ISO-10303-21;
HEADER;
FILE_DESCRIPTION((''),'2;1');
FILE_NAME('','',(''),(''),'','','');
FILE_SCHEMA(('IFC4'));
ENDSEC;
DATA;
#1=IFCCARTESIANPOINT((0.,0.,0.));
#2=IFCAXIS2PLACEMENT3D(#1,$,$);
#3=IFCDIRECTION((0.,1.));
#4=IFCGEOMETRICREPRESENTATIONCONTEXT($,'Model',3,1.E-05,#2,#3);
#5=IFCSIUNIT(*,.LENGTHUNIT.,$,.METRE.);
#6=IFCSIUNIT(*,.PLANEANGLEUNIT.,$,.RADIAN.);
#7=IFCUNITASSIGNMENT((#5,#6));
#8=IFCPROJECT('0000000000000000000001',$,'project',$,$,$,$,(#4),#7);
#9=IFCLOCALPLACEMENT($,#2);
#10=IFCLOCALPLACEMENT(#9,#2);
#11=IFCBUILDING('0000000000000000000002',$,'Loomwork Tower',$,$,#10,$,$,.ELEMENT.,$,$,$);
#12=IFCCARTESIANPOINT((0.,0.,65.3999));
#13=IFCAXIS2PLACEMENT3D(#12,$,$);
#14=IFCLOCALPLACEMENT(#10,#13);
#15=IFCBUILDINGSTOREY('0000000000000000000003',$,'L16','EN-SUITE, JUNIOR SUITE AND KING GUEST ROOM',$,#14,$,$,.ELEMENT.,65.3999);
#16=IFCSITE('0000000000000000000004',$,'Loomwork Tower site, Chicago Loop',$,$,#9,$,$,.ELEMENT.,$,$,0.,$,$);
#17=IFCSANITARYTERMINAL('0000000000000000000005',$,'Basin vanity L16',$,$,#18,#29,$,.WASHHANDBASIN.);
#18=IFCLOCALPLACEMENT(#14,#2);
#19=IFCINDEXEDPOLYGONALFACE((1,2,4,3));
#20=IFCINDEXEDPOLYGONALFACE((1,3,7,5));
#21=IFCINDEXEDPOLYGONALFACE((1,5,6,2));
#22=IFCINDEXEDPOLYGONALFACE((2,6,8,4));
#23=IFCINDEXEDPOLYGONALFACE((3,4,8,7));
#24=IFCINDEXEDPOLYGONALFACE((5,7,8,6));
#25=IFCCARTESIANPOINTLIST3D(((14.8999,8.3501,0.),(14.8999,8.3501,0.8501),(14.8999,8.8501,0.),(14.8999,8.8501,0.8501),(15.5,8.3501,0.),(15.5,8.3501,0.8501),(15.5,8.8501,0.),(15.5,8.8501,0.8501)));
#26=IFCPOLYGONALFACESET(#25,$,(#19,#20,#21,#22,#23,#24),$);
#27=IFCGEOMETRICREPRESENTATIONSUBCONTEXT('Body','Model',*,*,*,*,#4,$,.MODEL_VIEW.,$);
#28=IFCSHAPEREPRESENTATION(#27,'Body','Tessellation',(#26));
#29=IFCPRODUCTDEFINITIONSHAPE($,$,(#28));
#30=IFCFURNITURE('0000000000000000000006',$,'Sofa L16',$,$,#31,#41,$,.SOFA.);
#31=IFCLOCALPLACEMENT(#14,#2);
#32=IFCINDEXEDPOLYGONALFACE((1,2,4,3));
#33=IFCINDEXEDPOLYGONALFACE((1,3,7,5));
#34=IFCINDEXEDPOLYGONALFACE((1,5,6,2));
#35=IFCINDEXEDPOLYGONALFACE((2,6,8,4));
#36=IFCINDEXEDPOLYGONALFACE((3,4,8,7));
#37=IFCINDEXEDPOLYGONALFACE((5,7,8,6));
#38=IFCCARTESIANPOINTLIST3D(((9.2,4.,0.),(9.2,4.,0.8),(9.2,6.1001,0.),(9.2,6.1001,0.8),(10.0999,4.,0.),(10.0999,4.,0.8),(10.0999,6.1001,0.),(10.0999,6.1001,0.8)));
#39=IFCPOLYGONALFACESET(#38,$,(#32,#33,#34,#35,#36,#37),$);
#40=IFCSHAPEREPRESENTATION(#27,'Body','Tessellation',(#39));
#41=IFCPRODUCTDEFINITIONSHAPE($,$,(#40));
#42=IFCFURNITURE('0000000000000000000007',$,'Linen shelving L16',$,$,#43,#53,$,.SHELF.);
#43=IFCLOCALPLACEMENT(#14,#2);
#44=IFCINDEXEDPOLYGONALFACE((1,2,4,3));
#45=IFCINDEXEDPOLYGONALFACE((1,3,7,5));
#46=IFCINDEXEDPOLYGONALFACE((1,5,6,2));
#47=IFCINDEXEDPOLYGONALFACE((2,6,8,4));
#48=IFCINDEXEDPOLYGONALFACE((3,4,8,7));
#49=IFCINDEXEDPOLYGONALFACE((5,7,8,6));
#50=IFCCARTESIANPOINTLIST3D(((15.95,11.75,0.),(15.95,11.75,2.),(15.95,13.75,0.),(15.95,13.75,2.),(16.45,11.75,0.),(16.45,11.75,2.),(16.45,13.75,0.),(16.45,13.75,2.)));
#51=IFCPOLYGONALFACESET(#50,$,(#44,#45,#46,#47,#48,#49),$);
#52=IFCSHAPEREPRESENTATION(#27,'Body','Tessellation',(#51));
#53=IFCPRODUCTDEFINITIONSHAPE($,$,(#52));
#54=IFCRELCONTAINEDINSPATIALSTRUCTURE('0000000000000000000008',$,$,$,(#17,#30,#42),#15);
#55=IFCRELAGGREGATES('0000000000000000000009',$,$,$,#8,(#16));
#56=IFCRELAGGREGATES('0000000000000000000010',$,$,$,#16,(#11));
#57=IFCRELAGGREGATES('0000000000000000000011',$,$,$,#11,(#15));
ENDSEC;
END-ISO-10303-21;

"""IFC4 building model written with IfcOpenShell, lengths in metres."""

from ifc_helpers import new_model, si_unit, direction, frame, origin, origin_2d, place, context, subcontext, project, spatial, rectangle, extrude, element, save


model = new_model("IFC4")

# Units and contexts
model_context = context("Model", 3, precision=1e-05, world=origin(), true_north=direction((0.0, 1.0)))
body_context = subcontext(model_context, "Body", "Model", "MODEL_VIEW")
ifc_project = project(units=[si_unit("LENGTHUNIT", "METRE"), si_unit("PLANEANGLEUNIT", "RADIAN")], contexts=[model_context])

# Site, building, storey
site_placement = place(None, origin())
site = spatial("IfcSite", under=ifc_project, at=site_placement, Name="Loomwork Tower site, Chicago Loop", CompositionType="ELEMENT", RefElevation=0.0)
building_placement = place(site_placement, origin())
building = spatial("IfcBuilding", under=site, at=building_placement, Name="Loomwork Tower", CompositionType="ELEMENT")
storey_placement = place(building_placement, frame((0.0, 0.0, 65.3999)))
storey = spatial("IfcBuildingStorey", under=building, at=storey_placement, Name="L16", Description="EN-SUITE, JUNIOR SUITE AND KING GUEST ROOM", CompositionType="ELEMENT", Elevation=65.3999)

# Sanitary terminal
sanitary_terminal_1_placement = place(storey_placement, frame((15.2, 8.6001, 0.0), z_axis=(0.0, 0.0, 1.0), x_axis=(1.0, 0.0, 0.0)))
element("IfcSanitaryTerminal", 1, at=sanitary_terminal_1_placement, inside=storey, Name="Basin vanity L16", PredefinedType="WASHHANDBASIN", context=body_context, shape_type="SweptSolid", body=[
    extrude(rectangle(XDim=0.6001, YDim=0.5, at=origin_2d()), origin(), (0.0, 0.0, 1.0), 0.8501),
])

# Furniture
furniture_1_placement = place(storey_placement, frame((9.6499, 5.05, 0.0), z_axis=(0.0, 0.0, 1.0), x_axis=(1.0, 0.0, 0.0)))
element("IfcFurniture", 2, at=furniture_1_placement, inside=storey, Name="Sofa L16", PredefinedType="SOFA", context=body_context, shape_type="SweptSolid", body=[
    extrude(rectangle(XDim=0.8999, YDim=2.1001, at=origin_2d()), origin(), (0.0, 0.0, 1.0), 0.8),
])
furniture_2_placement = place(storey_placement, frame((16.2, 12.75, 0.0), z_axis=(0.0, 0.0, 1.0), x_axis=(1.0, 0.0, 0.0)))
element("IfcFurniture", 3, at=furniture_2_placement, inside=storey, Name="Linen shelving L16", PredefinedType="SHELF", context=body_context, shape_type="SweptSolid", body=[
    extrude(rectangle(XDim=0.5, YDim=2.0, at=origin_2d()), origin(), (0.0, 0.0, 1.0), 2.0),
])

save(model, "model.ifc")
